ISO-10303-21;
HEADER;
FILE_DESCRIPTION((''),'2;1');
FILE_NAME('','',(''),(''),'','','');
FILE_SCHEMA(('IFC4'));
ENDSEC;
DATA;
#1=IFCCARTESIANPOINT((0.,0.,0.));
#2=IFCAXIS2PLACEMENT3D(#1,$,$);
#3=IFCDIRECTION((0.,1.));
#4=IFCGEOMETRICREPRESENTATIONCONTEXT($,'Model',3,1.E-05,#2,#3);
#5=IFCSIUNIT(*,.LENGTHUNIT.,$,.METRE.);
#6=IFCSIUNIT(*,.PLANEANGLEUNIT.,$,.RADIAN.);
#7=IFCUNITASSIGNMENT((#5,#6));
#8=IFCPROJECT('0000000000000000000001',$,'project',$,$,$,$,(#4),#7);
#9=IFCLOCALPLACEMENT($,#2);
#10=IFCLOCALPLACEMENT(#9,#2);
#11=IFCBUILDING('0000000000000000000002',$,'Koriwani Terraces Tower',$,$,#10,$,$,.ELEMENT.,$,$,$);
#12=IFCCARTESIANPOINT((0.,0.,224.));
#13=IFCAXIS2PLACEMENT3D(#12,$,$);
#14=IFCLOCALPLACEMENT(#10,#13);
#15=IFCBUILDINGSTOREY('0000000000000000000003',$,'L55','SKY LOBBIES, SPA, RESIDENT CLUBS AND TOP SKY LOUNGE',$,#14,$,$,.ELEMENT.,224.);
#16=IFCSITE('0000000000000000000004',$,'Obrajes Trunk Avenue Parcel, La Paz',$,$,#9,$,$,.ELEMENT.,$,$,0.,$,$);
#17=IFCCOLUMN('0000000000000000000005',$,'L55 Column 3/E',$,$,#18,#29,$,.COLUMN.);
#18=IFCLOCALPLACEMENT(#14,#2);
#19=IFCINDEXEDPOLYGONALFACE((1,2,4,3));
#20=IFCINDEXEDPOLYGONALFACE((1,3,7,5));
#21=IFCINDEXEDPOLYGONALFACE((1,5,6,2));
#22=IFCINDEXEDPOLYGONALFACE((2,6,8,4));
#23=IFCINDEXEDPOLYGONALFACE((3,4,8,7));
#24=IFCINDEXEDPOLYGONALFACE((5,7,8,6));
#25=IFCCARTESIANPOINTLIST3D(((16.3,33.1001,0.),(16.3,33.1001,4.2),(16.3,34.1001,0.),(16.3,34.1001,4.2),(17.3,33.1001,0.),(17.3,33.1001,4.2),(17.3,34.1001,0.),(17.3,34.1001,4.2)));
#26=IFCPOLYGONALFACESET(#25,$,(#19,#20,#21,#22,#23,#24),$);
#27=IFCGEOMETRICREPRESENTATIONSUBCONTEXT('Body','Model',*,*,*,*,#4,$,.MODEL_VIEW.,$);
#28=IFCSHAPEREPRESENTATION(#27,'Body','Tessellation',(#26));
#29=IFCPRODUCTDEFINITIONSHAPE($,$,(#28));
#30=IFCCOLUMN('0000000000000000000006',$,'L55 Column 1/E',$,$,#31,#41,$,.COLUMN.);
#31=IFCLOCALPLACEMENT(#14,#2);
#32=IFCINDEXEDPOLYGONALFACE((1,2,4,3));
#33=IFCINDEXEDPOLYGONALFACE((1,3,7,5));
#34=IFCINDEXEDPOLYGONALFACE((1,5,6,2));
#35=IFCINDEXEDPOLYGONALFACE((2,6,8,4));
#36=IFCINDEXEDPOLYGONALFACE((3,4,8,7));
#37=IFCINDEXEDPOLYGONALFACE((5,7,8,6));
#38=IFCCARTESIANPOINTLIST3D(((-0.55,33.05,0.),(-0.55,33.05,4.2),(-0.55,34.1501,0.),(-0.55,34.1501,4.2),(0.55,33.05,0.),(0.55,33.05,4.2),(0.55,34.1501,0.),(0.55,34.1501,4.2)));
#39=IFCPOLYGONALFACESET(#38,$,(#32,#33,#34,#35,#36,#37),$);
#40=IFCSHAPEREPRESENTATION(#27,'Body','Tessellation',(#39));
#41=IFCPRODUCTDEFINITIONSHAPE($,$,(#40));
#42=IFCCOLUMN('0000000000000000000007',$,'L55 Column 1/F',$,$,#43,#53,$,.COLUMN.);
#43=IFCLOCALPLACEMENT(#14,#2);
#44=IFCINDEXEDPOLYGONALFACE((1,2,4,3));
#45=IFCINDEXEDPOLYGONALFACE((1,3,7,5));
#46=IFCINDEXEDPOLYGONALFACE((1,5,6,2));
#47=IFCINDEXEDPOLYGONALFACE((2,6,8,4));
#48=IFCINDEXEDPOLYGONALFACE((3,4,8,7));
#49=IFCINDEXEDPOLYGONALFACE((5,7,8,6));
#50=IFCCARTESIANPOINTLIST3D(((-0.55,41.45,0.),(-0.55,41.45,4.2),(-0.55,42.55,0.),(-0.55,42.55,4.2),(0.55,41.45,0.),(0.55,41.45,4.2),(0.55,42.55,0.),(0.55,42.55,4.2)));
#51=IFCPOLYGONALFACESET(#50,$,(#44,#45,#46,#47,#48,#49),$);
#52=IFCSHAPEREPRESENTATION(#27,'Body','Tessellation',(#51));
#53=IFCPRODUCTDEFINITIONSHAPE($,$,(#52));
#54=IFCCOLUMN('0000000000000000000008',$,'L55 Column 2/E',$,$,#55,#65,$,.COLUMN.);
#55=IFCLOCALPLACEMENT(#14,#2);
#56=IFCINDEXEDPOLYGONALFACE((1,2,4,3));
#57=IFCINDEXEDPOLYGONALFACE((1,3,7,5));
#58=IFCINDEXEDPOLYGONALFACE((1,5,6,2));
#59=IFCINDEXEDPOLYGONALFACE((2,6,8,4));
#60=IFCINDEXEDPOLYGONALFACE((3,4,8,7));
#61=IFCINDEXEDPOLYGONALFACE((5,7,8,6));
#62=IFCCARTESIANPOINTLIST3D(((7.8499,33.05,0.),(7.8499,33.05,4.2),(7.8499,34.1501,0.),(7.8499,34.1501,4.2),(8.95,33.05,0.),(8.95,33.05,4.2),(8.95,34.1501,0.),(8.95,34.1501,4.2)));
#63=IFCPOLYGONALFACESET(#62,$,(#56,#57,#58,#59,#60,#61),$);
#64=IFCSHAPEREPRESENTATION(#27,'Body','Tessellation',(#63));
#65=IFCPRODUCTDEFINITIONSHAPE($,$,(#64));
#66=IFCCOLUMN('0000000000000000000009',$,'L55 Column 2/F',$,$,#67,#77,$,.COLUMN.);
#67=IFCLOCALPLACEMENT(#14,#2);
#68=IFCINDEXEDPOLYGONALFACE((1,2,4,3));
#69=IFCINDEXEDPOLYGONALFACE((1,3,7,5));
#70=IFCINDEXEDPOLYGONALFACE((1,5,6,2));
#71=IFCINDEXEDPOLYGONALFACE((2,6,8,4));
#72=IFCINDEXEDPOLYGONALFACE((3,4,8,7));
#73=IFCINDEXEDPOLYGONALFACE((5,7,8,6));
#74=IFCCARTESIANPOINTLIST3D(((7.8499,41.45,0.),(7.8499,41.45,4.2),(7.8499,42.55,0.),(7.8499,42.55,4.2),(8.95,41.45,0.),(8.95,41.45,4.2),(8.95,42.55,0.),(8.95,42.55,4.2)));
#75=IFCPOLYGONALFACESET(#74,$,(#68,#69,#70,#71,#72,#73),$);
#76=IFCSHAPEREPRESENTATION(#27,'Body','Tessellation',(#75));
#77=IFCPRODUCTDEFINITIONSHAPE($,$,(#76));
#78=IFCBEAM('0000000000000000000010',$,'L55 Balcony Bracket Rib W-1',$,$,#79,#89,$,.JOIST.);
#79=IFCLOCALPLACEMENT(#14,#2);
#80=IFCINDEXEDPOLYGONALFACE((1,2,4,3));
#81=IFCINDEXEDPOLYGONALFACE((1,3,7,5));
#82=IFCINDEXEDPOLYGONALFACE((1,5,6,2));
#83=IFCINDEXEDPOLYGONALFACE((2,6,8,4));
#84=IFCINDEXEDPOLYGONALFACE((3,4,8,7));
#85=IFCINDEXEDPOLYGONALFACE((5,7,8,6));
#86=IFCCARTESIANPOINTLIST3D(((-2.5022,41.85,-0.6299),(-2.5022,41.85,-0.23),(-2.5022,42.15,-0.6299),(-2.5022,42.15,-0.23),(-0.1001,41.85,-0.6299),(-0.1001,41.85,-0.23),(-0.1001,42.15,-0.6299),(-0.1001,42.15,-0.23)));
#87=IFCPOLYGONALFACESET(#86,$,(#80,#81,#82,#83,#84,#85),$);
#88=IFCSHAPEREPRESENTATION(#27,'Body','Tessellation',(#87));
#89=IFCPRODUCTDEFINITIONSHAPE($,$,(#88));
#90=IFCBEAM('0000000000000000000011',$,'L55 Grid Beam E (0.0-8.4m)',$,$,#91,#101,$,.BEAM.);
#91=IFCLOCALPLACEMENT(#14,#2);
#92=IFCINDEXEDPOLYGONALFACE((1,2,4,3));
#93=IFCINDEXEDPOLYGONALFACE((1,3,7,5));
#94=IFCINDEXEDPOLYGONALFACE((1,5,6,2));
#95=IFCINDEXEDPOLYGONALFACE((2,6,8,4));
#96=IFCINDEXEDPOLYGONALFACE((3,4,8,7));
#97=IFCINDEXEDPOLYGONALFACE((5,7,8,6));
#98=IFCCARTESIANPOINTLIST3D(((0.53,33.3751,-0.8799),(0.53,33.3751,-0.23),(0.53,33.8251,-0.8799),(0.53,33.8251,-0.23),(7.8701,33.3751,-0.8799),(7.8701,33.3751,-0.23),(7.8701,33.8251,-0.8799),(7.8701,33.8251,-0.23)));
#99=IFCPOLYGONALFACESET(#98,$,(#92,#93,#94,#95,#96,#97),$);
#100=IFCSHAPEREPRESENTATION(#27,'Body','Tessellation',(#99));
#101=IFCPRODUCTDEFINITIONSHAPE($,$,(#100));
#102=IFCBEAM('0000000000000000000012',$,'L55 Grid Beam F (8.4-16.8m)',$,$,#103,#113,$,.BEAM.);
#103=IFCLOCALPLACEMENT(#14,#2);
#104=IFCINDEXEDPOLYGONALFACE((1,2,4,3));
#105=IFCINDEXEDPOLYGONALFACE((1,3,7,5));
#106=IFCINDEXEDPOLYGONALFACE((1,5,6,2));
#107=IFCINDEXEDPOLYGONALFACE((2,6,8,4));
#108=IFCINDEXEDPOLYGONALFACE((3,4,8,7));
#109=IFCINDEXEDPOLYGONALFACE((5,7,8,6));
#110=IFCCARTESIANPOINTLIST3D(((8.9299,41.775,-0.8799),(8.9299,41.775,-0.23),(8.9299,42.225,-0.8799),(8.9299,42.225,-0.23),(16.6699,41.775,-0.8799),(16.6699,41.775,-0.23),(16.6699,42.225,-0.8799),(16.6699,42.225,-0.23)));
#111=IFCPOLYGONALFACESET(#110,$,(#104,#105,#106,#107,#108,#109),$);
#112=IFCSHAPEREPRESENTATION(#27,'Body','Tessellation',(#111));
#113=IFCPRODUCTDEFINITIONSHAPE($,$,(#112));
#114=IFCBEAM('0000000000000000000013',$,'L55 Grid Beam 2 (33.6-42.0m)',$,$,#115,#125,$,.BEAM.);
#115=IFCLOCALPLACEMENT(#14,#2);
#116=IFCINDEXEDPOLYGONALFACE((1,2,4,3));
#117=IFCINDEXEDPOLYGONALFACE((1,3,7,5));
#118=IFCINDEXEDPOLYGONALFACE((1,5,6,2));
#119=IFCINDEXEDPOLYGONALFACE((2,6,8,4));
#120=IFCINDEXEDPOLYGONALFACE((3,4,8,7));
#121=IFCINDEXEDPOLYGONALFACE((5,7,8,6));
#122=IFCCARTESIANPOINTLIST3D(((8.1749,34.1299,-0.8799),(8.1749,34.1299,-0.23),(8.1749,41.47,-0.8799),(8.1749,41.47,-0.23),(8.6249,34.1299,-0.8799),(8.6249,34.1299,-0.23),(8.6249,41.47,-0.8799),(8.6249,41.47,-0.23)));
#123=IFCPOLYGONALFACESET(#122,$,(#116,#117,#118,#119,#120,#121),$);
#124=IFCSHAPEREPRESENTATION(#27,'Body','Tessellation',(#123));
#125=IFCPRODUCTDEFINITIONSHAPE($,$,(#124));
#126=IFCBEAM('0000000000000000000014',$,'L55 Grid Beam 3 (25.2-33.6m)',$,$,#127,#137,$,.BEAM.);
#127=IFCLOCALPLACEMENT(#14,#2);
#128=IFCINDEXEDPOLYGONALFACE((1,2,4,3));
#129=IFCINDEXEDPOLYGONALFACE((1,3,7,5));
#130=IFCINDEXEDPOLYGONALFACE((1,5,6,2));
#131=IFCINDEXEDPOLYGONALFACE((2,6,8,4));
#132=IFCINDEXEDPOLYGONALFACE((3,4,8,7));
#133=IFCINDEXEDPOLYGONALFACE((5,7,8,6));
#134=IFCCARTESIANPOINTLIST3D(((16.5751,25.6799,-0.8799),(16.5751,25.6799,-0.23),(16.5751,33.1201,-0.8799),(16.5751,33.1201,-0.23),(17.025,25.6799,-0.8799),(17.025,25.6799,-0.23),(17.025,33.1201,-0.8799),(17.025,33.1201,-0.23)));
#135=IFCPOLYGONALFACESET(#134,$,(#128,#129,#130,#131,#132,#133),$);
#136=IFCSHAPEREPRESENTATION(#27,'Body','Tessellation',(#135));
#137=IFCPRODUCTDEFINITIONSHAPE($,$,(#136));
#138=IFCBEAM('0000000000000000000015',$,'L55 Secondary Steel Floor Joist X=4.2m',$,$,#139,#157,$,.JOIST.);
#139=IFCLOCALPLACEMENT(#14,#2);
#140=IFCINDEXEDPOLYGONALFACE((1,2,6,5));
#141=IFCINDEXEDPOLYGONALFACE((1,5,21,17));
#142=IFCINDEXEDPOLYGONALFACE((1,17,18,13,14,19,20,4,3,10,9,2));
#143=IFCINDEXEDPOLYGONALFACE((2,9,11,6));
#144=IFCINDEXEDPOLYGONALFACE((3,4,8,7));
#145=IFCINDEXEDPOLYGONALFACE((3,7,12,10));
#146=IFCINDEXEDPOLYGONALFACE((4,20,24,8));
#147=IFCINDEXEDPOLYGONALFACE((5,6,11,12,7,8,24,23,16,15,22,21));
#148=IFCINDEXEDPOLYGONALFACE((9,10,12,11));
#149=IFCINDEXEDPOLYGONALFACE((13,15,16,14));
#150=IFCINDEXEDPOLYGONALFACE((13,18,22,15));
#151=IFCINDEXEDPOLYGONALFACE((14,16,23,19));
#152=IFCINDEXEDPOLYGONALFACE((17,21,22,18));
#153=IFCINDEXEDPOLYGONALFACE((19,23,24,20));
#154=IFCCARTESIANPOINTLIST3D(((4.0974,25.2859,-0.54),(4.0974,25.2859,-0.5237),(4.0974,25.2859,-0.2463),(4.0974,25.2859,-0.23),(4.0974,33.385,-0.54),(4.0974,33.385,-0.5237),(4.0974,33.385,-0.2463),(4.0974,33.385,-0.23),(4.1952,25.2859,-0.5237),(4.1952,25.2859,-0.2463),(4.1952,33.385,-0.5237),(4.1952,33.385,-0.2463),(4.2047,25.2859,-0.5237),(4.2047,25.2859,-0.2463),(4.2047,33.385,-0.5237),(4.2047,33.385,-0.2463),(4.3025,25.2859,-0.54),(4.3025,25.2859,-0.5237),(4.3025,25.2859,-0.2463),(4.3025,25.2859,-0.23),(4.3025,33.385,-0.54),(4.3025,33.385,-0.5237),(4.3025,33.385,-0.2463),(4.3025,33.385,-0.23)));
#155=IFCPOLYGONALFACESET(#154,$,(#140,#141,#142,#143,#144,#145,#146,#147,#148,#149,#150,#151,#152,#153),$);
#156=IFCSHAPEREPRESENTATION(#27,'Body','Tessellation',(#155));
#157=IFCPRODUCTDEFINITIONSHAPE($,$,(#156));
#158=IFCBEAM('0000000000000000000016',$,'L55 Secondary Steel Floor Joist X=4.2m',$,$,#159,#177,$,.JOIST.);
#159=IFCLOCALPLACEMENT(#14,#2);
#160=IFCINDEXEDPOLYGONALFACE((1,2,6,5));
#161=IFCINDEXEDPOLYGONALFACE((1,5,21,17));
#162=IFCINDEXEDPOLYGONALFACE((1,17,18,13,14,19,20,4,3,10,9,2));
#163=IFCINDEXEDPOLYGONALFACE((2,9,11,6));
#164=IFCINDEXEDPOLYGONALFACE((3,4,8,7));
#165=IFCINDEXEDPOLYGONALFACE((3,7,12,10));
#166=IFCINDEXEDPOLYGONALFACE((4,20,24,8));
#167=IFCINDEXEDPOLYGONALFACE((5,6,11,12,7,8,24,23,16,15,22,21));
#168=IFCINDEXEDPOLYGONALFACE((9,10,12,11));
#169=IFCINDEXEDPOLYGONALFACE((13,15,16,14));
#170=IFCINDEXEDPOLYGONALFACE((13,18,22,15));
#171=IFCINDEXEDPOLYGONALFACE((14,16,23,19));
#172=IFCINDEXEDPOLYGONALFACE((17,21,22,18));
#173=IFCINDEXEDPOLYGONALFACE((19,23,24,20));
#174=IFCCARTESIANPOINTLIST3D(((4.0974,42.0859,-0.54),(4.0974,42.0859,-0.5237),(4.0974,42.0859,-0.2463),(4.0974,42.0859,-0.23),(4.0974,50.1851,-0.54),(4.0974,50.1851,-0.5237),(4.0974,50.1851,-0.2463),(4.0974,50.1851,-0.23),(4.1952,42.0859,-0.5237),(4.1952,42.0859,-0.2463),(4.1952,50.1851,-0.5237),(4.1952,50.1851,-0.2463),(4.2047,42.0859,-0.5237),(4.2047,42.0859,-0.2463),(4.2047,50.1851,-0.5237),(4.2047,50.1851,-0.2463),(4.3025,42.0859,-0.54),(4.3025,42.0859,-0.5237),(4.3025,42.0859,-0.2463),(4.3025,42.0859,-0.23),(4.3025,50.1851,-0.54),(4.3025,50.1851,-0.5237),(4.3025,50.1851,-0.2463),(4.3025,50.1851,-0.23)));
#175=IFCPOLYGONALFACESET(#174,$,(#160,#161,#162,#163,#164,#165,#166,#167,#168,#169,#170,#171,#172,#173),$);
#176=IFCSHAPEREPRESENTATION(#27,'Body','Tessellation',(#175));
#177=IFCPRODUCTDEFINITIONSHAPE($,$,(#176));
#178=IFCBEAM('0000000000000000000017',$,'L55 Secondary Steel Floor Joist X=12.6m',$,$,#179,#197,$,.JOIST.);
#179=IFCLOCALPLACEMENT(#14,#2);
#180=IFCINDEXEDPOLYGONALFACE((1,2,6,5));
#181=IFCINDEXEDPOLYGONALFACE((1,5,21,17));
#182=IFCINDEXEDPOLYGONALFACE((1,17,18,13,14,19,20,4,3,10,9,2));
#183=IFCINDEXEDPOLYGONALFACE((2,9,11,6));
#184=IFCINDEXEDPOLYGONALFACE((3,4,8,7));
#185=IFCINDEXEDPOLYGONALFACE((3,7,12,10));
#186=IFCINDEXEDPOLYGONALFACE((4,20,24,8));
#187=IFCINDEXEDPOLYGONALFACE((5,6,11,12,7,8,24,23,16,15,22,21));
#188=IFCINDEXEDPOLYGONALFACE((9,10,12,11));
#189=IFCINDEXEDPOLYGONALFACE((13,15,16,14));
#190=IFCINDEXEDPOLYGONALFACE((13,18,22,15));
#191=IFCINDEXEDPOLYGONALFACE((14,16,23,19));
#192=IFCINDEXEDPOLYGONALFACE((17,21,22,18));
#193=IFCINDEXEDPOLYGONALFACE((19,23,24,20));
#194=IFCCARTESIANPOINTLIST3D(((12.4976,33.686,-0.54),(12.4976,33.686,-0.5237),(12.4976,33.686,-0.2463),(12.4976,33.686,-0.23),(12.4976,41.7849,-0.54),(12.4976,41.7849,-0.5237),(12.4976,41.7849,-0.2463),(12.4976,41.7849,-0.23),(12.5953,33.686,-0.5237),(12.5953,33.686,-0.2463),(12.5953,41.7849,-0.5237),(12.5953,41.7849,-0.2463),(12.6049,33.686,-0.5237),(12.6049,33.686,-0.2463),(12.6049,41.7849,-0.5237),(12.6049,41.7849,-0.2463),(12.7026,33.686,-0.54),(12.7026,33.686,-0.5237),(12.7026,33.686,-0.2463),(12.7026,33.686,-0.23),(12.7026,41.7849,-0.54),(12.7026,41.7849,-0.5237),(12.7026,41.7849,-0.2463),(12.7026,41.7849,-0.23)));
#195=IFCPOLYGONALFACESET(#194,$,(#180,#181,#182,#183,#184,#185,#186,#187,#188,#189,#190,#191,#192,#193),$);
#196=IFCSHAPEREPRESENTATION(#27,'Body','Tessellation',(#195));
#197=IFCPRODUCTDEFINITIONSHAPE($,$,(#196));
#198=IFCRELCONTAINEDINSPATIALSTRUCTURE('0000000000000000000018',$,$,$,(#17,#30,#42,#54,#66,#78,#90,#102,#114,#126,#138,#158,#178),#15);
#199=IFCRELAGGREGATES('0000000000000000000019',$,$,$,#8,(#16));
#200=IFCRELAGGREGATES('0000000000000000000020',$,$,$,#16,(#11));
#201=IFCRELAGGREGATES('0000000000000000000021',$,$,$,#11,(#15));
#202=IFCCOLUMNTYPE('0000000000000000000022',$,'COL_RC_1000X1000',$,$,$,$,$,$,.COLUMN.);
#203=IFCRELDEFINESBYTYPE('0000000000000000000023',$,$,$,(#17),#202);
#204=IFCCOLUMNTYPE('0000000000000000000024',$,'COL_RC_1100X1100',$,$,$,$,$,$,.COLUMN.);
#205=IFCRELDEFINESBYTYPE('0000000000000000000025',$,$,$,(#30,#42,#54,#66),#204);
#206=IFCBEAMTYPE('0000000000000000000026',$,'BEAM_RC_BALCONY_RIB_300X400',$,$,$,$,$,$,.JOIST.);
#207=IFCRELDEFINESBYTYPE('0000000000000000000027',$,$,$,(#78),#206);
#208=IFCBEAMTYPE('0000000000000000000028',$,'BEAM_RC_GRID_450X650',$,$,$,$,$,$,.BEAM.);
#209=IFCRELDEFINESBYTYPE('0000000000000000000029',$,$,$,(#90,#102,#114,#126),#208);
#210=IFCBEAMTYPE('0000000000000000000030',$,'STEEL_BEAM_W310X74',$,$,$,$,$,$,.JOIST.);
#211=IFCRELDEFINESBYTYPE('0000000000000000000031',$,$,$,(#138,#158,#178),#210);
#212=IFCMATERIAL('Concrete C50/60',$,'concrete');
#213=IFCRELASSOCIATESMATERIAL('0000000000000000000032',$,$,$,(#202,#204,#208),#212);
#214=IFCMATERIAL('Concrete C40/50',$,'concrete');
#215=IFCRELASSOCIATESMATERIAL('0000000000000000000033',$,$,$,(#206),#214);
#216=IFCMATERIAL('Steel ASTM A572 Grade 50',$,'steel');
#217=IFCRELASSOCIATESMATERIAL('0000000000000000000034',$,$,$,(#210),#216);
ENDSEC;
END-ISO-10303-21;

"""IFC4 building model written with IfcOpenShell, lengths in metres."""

from ifc_helpers import new_model, si_unit, direction, frame, origin, origin_2d, place, context, subcontext, project, spatial, rectangle, i_section, extrude, material, material_profile, profile_set, type_object, element, save


model = new_model("IFC4")

# Units and contexts
model_context = context("Model", 3, precision=1e-05, world=origin(), true_north=direction((0.0, 1.0)))
body_context = subcontext(model_context, "Body", "Model", "MODEL_VIEW")
ifc_project = project(units=[si_unit("LENGTHUNIT", "METRE"), si_unit("PLANEANGLEUNIT", "RADIAN")], contexts=[model_context])

# Site, building, storey
site_placement = place(None, origin())
site = spatial("IfcSite", under=ifc_project, at=site_placement, Name="Obrajes Trunk Avenue Parcel, La Paz", CompositionType="ELEMENT", RefElevation=0.0)
building_placement = place(site_placement, origin())
building = spatial("IfcBuilding", under=site, at=building_placement, Name="Koriwani Terraces Tower", CompositionType="ELEMENT")
storey_placement = place(building_placement, frame((0.0, 0.0, 224.0)))
storey = spatial("IfcBuildingStorey", under=building, at=storey_placement, Name="L55", Description="SKY LOBBIES, SPA, RESIDENT CLUBS AND TOP SKY LOUNGE", CompositionType="ELEMENT", Elevation=224.0)

# Columns
ifc_material_1 = material(Name="Concrete C50/60", Category="concrete")
ifc_material_profile_1 = material_profile(ifc_material_1, rectangle(XDim=1.0, YDim=1.0, at=origin_2d()), Name="Concrete C50/60", Category="LoadBearing")
ifc_profile_set_1 = profile_set([ifc_material_profile_1], Name="Concrete C50/60")
column_type_1 = type_object("IfcColumnType", Name="COL_RC_1000X1000", PredefinedType="COLUMN", material=ifc_profile_set_1)
column_placement = place(storey_placement, frame((16.8, 33.6001, 0.0), z_axis=(0.0, 0.0, 1.0), x_axis=(1.0, 0.0, 0.0)))
element("IfcColumn", 1, at=column_placement, inside=storey, type_object=column_type_1, Name="L55 Column 3/E", PredefinedType="COLUMN", context=body_context, shape_type="SweptSolid", body=[
    extrude(rectangle(XDim=1.0, YDim=1.0, at=origin_2d()), origin(), (0.0, 0.0, 1.0), 4.2),
])
ifc_material_profile_2 = material_profile(ifc_material_1, rectangle(XDim=1.1001, YDim=1.1001, at=origin_2d()), Name="Concrete C50/60", Category="LoadBearing")
ifc_profile_set_2 = profile_set([ifc_material_profile_2], Name="Concrete C50/60")
column_type_2 = type_object("IfcColumnType", Name="COL_RC_1100X1100", PredefinedType="COLUMN", material=ifc_profile_set_2)
for number, where, z_axis, x_axis, name in (
    (2, (0.0, 33.6001, 0.0), (0.0, 0.0, 1.0), (1.0, 0.0, 0.0), "L55 Column 1/E"),
    (3, (0.0, 42.0, 0.0), (0.0, 0.0, 1.0), (1.0, 0.0, 0.0), "L55 Column 1/F"),
    (4, (8.3999, 33.6001, 0.0), (0.0, 0.0, 1.0), (1.0, 0.0, 0.0), "L55 Column 2/E"),
    (5, (8.3999, 42.0, 0.0), (0.0, 0.0, 1.0), (1.0, 0.0, 0.0), "L55 Column 2/F"),
):
    element("IfcColumn", number, at=place(storey_placement, frame(where, z_axis=z_axis, x_axis=x_axis)), inside=storey, type_object=column_type_2, Name=name, PredefinedType="COLUMN", context=body_context, shape_type="SweptSolid", body=[
        extrude(rectangle(XDim=1.1001, YDim=1.1001, at=origin_2d()), origin(), (0.0, 0.0, 1.0), 4.2),
    ])

# Beams
ifc_material_2 = material(Name="Concrete C40/50", Category="concrete")
ifc_material_profile_3 = material_profile(ifc_material_2, rectangle(XDim=0.3, YDim=0.3999, at=origin_2d()), Name="Concrete C40/50", Category="LoadBearing")
ifc_profile_set_3 = profile_set([ifc_material_profile_3], Name="Concrete C40/50")
beam_type_1 = type_object("IfcBeamType", Name="BEAM_RC_BALCONY_RIB_300X400", PredefinedType="JOIST", material=ifc_profile_set_3)
beam_1_placement = place(storey_placement, frame((-2.5022, 42.0, -0.4299), z_axis=(1.0, 0.0, 0.0), x_axis=(0.0, 1.0, 0.0)))
element("IfcBeam", 6, at=beam_1_placement, inside=storey, type_object=beam_type_1, Name="L55 Balcony Bracket Rib W-1", PredefinedType="JOIST", context=body_context, shape_type="SweptSolid", body=[
    extrude(rectangle(XDim=0.3, YDim=0.3999, at=origin_2d()), origin(), (0.0, 0.0, 1.0), 2.4021),
])
ifc_material_profile_4 = material_profile(ifc_material_1, rectangle(XDim=0.45, YDim=0.6499, at=origin_2d()), Name="Concrete C50/60", Category="LoadBearing")
ifc_profile_set_4 = profile_set([ifc_material_profile_4], Name="Concrete C50/60")
beam_type_2 = type_object("IfcBeamType", Name="BEAM_RC_GRID_450X650", PredefinedType="BEAM", material=ifc_profile_set_4)
beam_2_placement = place(storey_placement, frame((0.53, 33.6001, -0.5549), z_axis=(1.0, 0.0, 0.0), x_axis=(0.0, 1.0, 0.0)))
element("IfcBeam", 7, at=beam_2_placement, inside=storey, type_object=beam_type_2, Name="L55 Grid Beam E (0.0-8.4m)", PredefinedType="BEAM", context=body_context, shape_type="SweptSolid", body=[
    extrude(rectangle(XDim=0.45, YDim=0.6499, at=origin_2d()), origin(), (0.0, 0.0, 1.0), 7.3401),
])
beam_3_placement = place(storey_placement, frame((8.9299, 42.0, -0.5549), z_axis=(1.0, 0.0, 0.0), x_axis=(0.0, 1.0, 0.0)))
element("IfcBeam", 8, at=beam_3_placement, inside=storey, type_object=beam_type_2, Name="L55 Grid Beam F (8.4-16.8m)", PredefinedType="BEAM", context=body_context, shape_type="SweptSolid", body=[
    extrude(rectangle(XDim=0.45, YDim=0.6499, at=origin_2d()), origin(), (0.0, 0.0, 1.0), 7.74),
])
beam_4_placement = place(storey_placement, frame((8.3999, 34.1299, -0.5549), z_axis=(0.0, 1.0, 0.0), x_axis=(-1.0, 0.0, 0.0)))
element("IfcBeam", 9, at=beam_4_placement, inside=storey, type_object=beam_type_2, Name="L55 Grid Beam 2 (33.6-42.0m)", PredefinedType="BEAM", context=body_context, shape_type="SweptSolid", body=[
    extrude(rectangle(XDim=0.45, YDim=0.6499, at=origin_2d()), origin(), (0.0, 0.0, 1.0), 7.3401),
])
beam_5_placement = place(storey_placement, frame((16.8, 25.6799, -0.5549), z_axis=(0.0, 1.0, 0.0), x_axis=(-1.0, 0.0, 0.0)))
element("IfcBeam", 10, at=beam_5_placement, inside=storey, type_object=beam_type_2, Name="L55 Grid Beam 3 (25.2-33.6m)", PredefinedType="BEAM", context=body_context, shape_type="SweptSolid", body=[
    extrude(rectangle(XDim=0.45, YDim=0.6499, at=origin_2d()), origin(), (0.0, 0.0, 1.0), 7.4402),
])
ifc_material_3 = material(Name="Steel ASTM A572 Grade 50", Category="steel")
ifc_material_profile_5 = material_profile(ifc_material_3, i_section(OverallWidth=0.2051, OverallDepth=0.3101, WebThickness=0.0095, FlangeThickness=0.0164, at=origin_2d()), Name="Steel ASTM A572 Grade 50", Category="LoadBearing")
ifc_profile_set_5 = profile_set([ifc_material_profile_5], Name="Steel ASTM A572 Grade 50")
beam_type_3 = type_object("IfcBeamType", Name="STEEL_BEAM_W310X74", PredefinedType="JOIST", material=ifc_profile_set_5)
for number, where, z_axis, x_axis, name in (
    (11, (4.2, 25.2859, -0.385), (0.0, 1.0, 0.0), (-1.0, 0.0, 0.0), "L55 Secondary Steel Floor Joist X=4.2m"),
    (12, (4.2, 42.0859, -0.385), (0.0, 1.0, 0.0), (-1.0, 0.0, 0.0), "L55 Secondary Steel Floor Joist X=4.2m"),
):
    element("IfcBeam", number, at=place(storey_placement, frame(where, z_axis=z_axis, x_axis=x_axis)), inside=storey, type_object=beam_type_3, Name=name, PredefinedType="JOIST", context=body_context, shape_type="SweptSolid", body=[
        extrude(i_section(OverallWidth=0.2051, OverallDepth=0.3101, WebThickness=0.0095, FlangeThickness=0.0164, at=origin_2d()), origin(), (0.0, 0.0, 1.0), 8.0991),
    ])
beam_6_placement = place(storey_placement, frame((12.6001, 33.686, -0.385), z_axis=(0.0, 1.0, 0.0), x_axis=(-1.0, 0.0, 0.0)))
element("IfcBeam", 13, at=beam_6_placement, inside=storey, type_object=beam_type_3, Name="L55 Secondary Steel Floor Joist X=12.6m", PredefinedType="JOIST", context=body_context, shape_type="SweptSolid", body=[
    extrude(i_section(OverallWidth=0.2051, OverallDepth=0.3101, WebThickness=0.0095, FlangeThickness=0.0164, at=origin_2d()), origin(), (0.0, 0.0, 1.0), 8.0989),
])

save(model, "model.ifc")
